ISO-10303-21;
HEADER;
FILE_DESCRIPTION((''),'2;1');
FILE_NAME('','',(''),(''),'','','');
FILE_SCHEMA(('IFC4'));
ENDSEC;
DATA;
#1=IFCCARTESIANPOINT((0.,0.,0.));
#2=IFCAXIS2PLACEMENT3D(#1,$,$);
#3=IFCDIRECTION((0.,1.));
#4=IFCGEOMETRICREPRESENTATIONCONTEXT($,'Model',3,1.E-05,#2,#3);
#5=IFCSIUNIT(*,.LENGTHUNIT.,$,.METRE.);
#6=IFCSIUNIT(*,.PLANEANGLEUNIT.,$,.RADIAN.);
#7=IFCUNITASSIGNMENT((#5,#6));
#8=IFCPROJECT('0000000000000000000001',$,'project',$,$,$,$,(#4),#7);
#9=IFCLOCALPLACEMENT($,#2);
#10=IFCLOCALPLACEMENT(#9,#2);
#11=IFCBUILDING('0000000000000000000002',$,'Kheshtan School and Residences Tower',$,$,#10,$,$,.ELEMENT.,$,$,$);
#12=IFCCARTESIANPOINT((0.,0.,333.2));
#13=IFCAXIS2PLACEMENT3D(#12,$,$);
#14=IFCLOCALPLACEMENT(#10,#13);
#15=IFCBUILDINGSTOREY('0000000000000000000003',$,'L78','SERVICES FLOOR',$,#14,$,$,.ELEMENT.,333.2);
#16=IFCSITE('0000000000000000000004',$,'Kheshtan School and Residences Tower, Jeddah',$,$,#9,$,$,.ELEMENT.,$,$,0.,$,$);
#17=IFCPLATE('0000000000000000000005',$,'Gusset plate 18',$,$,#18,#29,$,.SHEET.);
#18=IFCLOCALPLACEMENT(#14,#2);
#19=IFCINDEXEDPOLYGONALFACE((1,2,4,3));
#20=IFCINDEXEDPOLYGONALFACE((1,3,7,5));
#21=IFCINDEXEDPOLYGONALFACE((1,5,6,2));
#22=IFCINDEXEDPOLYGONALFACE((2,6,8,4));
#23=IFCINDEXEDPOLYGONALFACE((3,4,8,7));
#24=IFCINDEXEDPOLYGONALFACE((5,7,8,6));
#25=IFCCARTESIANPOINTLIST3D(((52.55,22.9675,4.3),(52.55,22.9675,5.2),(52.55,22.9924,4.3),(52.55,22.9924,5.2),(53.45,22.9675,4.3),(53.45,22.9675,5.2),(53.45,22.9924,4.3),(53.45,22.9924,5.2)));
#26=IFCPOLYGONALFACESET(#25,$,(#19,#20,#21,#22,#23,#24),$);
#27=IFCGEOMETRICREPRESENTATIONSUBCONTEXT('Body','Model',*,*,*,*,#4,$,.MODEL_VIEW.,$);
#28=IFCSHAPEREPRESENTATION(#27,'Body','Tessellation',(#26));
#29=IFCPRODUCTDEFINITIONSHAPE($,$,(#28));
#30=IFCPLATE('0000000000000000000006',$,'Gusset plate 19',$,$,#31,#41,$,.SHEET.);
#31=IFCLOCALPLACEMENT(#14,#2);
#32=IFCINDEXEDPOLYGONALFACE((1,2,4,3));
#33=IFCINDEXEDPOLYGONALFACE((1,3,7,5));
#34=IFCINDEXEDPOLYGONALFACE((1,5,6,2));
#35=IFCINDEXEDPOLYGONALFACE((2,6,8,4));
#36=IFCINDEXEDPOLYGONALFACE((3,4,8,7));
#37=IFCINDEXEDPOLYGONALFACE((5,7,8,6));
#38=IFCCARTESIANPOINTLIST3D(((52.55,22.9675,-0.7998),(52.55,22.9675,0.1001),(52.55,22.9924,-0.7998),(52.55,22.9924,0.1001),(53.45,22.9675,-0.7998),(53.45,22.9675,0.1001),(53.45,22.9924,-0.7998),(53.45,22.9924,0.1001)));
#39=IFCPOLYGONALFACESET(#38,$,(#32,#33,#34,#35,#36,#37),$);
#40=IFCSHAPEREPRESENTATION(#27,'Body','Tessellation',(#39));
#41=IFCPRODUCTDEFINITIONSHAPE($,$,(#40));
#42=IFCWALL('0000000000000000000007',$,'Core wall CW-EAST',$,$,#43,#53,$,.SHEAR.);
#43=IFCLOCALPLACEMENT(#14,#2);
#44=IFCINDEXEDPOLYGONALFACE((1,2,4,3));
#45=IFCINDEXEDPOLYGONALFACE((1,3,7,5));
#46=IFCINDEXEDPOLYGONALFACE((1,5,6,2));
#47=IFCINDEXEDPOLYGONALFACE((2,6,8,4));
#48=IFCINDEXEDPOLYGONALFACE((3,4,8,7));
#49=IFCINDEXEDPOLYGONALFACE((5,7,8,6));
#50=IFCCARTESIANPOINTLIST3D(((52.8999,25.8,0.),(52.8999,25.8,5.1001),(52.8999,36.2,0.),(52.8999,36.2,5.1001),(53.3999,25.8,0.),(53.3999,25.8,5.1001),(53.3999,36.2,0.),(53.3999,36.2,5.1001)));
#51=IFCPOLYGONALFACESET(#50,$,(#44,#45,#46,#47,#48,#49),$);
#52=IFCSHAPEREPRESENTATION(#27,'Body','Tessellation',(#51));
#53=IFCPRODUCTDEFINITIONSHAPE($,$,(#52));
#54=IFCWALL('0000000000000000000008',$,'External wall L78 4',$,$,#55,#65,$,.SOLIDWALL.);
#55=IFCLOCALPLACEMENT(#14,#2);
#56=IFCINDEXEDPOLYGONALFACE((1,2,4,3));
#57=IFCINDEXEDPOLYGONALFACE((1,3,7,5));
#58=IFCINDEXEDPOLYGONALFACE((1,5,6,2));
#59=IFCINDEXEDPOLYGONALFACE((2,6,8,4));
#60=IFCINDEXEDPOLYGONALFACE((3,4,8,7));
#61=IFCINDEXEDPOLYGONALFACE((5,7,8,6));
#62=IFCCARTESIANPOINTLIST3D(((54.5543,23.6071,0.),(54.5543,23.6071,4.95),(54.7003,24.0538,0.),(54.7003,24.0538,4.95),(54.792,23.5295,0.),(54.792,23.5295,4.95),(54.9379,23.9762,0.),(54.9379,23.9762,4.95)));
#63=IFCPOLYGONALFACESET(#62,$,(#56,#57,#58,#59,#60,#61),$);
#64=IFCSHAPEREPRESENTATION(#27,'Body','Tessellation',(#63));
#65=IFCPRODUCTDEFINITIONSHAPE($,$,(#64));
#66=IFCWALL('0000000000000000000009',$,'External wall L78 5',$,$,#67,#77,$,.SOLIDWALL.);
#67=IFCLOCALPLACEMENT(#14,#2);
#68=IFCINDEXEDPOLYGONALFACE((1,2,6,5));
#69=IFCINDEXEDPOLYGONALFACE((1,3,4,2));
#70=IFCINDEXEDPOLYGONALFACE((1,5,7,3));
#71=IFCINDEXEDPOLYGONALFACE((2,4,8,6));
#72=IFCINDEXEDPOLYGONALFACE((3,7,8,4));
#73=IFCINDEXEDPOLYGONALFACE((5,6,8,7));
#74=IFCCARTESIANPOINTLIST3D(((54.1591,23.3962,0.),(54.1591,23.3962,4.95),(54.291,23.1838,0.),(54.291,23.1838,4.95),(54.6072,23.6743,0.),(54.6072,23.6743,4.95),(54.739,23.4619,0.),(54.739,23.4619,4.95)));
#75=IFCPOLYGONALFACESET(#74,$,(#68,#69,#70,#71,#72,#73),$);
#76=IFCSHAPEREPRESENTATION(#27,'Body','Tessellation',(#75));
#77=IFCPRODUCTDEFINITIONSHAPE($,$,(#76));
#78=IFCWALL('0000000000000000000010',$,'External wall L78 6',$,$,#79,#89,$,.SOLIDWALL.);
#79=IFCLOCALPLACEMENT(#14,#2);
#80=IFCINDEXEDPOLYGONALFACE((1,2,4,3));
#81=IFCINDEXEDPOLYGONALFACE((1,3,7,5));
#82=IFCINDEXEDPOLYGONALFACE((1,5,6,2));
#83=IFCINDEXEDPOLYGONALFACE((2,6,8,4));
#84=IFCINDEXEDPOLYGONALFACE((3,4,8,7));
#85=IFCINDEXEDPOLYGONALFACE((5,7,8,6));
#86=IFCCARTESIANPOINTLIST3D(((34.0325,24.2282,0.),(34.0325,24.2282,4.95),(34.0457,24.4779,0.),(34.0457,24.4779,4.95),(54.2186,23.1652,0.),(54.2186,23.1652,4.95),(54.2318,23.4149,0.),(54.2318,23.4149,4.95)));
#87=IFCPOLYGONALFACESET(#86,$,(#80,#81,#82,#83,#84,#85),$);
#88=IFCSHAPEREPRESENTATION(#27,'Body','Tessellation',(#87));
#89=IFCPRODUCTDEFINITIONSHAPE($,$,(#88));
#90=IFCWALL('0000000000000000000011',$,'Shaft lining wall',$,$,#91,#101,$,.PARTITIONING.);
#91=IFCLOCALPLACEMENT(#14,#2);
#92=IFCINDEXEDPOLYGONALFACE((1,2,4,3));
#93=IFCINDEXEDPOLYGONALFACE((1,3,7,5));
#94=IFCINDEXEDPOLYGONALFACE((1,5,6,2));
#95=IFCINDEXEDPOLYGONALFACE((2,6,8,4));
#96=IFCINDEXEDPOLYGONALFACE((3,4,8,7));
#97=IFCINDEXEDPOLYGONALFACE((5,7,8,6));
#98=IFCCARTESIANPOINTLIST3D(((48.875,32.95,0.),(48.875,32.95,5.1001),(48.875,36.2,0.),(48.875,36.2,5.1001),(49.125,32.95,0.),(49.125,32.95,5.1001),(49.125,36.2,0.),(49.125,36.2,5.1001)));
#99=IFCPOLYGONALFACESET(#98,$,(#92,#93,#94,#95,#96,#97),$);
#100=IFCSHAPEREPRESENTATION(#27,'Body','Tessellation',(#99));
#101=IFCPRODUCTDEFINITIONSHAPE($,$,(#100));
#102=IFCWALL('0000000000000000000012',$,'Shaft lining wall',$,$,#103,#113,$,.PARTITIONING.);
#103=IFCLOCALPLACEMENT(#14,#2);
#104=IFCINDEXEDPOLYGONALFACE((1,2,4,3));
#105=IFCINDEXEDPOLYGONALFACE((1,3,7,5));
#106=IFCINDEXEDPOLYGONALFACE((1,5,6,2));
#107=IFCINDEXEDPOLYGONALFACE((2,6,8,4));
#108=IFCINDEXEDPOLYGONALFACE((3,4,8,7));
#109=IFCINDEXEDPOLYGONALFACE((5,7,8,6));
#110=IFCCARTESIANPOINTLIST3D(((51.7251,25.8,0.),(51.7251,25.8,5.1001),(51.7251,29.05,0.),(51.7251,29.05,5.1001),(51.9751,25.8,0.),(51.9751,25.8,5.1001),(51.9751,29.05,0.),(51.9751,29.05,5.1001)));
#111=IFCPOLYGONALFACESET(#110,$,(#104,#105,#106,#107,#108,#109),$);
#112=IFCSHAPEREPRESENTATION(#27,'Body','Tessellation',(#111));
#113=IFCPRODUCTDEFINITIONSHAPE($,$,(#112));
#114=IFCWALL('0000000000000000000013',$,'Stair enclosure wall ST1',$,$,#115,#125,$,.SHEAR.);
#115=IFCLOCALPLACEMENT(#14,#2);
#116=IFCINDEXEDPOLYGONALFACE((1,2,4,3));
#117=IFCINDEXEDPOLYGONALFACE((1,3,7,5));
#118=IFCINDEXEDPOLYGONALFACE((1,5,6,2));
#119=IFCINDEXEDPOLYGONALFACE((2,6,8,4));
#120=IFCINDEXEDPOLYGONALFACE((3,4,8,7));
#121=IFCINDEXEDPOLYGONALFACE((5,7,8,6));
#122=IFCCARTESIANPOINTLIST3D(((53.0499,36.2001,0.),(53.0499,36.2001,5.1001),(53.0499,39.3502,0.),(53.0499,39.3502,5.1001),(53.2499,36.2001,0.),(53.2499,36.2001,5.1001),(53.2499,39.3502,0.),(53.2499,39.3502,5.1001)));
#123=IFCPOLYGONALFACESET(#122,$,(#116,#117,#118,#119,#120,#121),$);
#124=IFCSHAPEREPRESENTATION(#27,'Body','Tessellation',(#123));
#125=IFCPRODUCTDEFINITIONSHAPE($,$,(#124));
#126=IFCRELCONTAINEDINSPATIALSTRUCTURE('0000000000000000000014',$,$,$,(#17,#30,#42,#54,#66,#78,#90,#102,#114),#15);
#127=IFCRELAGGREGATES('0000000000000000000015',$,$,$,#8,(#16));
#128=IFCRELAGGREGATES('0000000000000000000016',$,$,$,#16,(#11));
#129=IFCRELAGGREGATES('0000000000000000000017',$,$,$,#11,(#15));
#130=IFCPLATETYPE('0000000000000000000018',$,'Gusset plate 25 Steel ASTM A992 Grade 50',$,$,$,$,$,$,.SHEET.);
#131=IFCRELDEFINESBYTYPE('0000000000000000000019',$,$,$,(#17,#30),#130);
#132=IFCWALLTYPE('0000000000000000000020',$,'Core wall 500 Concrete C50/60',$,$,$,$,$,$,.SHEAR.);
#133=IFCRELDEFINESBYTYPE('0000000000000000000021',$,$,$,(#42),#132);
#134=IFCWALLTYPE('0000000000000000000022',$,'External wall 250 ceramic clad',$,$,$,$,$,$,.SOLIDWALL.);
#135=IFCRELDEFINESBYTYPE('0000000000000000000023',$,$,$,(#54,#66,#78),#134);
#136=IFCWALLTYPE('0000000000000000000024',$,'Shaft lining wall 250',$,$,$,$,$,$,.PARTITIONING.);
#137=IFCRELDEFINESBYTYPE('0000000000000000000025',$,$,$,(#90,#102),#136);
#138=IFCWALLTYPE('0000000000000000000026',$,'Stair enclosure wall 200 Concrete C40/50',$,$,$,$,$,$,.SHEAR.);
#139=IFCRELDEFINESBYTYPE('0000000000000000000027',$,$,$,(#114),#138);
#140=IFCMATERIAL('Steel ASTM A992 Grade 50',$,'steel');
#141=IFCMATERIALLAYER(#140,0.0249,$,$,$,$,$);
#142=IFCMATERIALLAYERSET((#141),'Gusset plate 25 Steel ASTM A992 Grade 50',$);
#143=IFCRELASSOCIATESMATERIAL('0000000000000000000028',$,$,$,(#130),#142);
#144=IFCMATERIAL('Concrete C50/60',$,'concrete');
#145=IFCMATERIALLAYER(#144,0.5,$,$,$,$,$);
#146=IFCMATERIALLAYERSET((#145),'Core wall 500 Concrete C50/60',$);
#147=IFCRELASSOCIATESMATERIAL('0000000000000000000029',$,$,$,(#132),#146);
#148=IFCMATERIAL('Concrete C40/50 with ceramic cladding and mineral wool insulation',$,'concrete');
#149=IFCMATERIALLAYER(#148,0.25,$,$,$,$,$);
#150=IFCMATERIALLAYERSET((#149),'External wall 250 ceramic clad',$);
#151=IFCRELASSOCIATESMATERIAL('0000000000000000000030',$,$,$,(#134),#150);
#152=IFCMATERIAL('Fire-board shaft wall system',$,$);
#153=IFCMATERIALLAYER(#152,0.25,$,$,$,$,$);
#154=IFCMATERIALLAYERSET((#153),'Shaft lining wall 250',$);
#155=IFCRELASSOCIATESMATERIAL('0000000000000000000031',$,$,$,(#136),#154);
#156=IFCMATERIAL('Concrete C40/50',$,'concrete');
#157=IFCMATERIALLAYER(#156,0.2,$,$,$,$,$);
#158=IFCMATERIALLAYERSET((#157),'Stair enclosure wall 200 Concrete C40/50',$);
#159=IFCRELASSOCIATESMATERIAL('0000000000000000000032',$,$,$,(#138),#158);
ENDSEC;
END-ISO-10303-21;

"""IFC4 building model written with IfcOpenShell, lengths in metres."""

from ifc_helpers import new_model, si_unit, direction, frame, frame_2d, origin, origin_2d, place, context, subcontext, project, spatial, rectangle, extrude, material, layer, layer_set, type_object, element, save


model = new_model("IFC4")

# Units and contexts
model_context = context("Model", 3, precision=1e-05, world=origin(), true_north=direction((0.0, 1.0)))
body_context = subcontext(model_context, "Body", "Model", "MODEL_VIEW")
ifc_project = project(units=[si_unit("LENGTHUNIT", "METRE"), si_unit("PLANEANGLEUNIT", "RADIAN")], contexts=[model_context])

# Site, building, storey
site_placement = place(None, origin())
site = spatial("IfcSite", under=ifc_project, at=site_placement, Name="Kheshtan School and Residences Tower, Jeddah", CompositionType="ELEMENT", RefElevation=0.0)
building_placement = place(site_placement, origin())
building = spatial("IfcBuilding", under=site, at=building_placement, Name="Kheshtan School and Residences Tower", CompositionType="ELEMENT")
storey_placement = place(building_placement, frame((0.0, 0.0, 333.2)))
storey = spatial("IfcBuildingStorey", under=building, at=storey_placement, Name="L78", Description="SERVICES FLOOR", CompositionType="ELEMENT", Elevation=333.2)

# Shared definitions
ifc_material_1 = material(Name="Steel ASTM A992 Grade 50", Category="steel")

# Plates
ifc_layer_1 = layer(ifc_material_1, 0.0249)
ifc_layer_set_1 = layer_set([ifc_layer_1], Name="Gusset plate 25 Steel ASTM A992 Grade 50")
plate_type_1 = type_object("IfcPlateType", Name="Gusset plate 25 Steel ASTM A992 Grade 50", PredefinedType="SHEET", material=ifc_layer_set_1)
for number, where, z_axis, x_axis, name in (
    (1, (53.0, 22.98, 4.3), (0.0, 0.0, 1.0), (1.0, 0.0, 0.0), "Gusset plate 18"),
    (2, (53.0, 22.98, -0.7998), (0.0, 0.0, 1.0), (1.0, 0.0, 0.0), "Gusset plate 19"),
):
    element("IfcPlate", number, at=place(storey_placement, frame(where, z_axis=z_axis, x_axis=x_axis)), inside=storey, type_object=plate_type_1, Name=name, PredefinedType="SHEET", context=body_context, shape_type="SweptSolid", body=[
        extrude(rectangle(XDim=0.8999, YDim=0.0249, at=origin_2d()), origin(), (0.0, 0.0, 1.0), 0.8999),
    ])

# Walls
ifc_material_2 = material(Name="Concrete C50/60", Category="concrete")
ifc_layer_2 = layer(ifc_material_2, 0.5)
ifc_layer_set_2 = layer_set([ifc_layer_2], Name="Core wall 500 Concrete C50/60")
wall_type_1 = type_object("IfcWallType", Name="Core wall 500 Concrete C50/60", PredefinedType="SHEAR", material=ifc_layer_set_2)
wall_1_placement = place(storey_placement, frame((53.1499, 25.8, 0.0), z_axis=(0.0, 0.0, 1.0), x_axis=(0.0, 1.0, 0.0)))
element("IfcWall", 3, at=wall_1_placement, inside=storey, type_object=wall_type_1, Name="Core wall CW-EAST", PredefinedType="SHEAR", context=body_context, shape_type="SweptSolid", body=[
    extrude(rectangle(XDim=10.3999, YDim=0.5, at=frame_2d((5.2, 0.0))), origin(), (0.0, 0.0, 1.0), 5.1001),
])
ifc_material_3 = material(Name="Concrete C40/50 with ceramic cladding and mineral wool insulation", Category="concrete")
ifc_layer_3 = layer(ifc_material_3, 0.25)
ifc_layer_set_3 = layer_set([ifc_layer_3], Name="External wall 250 ceramic clad")
wall_type_2 = type_object("IfcWallType", Name="External wall 250 ceramic clad", PredefinedType="SOLIDWALL", material=ifc_layer_set_3)
wall_2_placement = place(storey_placement, frame((54.8191, 24.0149, 0.0), z_axis=(0.0, 0.0, 1.0), x_axis=(-0.310613, -0.950537, 0.0)))
element("IfcWall", 4, at=wall_2_placement, inside=storey, type_object=wall_type_2, Name="External wall L78 4", PredefinedType="SOLIDWALL", context=body_context, shape_type="SweptSolid", body=[
    extrude(rectangle(XDim=0.47, YDim=0.25, at=frame_2d((0.2349, 0.0))), origin(), (0.0, 0.0, 1.0), 4.95),
])
wall_3_placement = place(storey_placement, frame((54.6731, 23.5681, 0.0), z_axis=(0.0, 0.0, 1.0), x_axis=(-0.849633, -0.527374, 0.0)))
element("IfcWall", 5, at=wall_3_placement, inside=storey, type_object=wall_type_2, Name="External wall L78 5", PredefinedType="SOLIDWALL", context=body_context, shape_type="SweptSolid", body=[
    extrude(rectangle(XDim=0.5273, YDim=0.25, at=frame_2d((0.2637, 0.0))), origin(), (0.0, 0.0, 1.0), 4.95),
])
wall_4_placement = place(storey_placement, frame((54.2251, 23.29, 0.0), z_axis=(0.0, 0.0, 1.0), x_axis=(-0.998616, 0.052587, 0.0)))
element("IfcWall", 6, at=wall_4_placement, inside=storey, type_object=wall_type_2, Name="External wall L78 6", PredefinedType="SOLIDWALL", context=body_context, shape_type="SweptSolid", body=[
    extrude(rectangle(XDim=20.2141, YDim=0.25, at=frame_2d((10.1069, 0.0))), origin(), (0.0, 0.0, 1.0), 4.95),
])

# Walls
ifc_material_4 = material(Name="Fire-board shaft wall system")
ifc_layer_4 = layer(ifc_material_4, 0.25)
ifc_layer_set_4 = layer_set([ifc_layer_4], Name="Shaft lining wall 250")
wall_type_3 = type_object("IfcWallType", Name="Shaft lining wall 250", PredefinedType="PARTITIONING", material=ifc_layer_set_4)
for number, where, z_axis, x_axis, name in (
    (7, (49.0, 32.95, 0.0), (0.0, 0.0, 1.0), (0.0, 1.0, 0.0), "Shaft lining wall"),
    (8, (51.8501, 25.8, 0.0), (0.0, 0.0, 1.0), (0.0, 1.0, 0.0), "Shaft lining wall"),
):
    element("IfcWall", number, at=place(storey_placement, frame(where, z_axis=z_axis, x_axis=x_axis)), inside=storey, type_object=wall_type_3, Name=name, PredefinedType="PARTITIONING", context=body_context, shape_type="SweptSolid", body=[
        extrude(rectangle(XDim=3.25, YDim=0.25, at=frame_2d((1.625, 0.0))), origin(), (0.0, 0.0, 1.0), 5.1001),
    ])
ifc_material_5 = material(Name="Concrete C40/50", Category="concrete")
ifc_layer_5 = layer(ifc_material_5, 0.2)
ifc_layer_set_5 = layer_set([ifc_layer_5], Name="Stair enclosure wall 200 Concrete C40/50")
wall_type_4 = type_object("IfcWallType", Name="Stair enclosure wall 200 Concrete C40/50", PredefinedType="SHEAR", material=ifc_layer_set_5)
wall_5_placement = place(storey_placement, frame((53.1499, 36.2, 0.0), z_axis=(0.0, 0.0, 1.0), x_axis=(0.0, 1.0, 0.0)))
element("IfcWall", 9, at=wall_5_placement, inside=storey, type_object=wall_type_4, Name="Stair enclosure wall ST1", PredefinedType="SHEAR", context=body_context, shape_type="SweptSolid", body=[
    extrude(rectangle(XDim=3.1501, YDim=0.2, at=frame_2d((1.5752, 0.0))), origin(), (0.0, 0.0, 1.0), 5.1001),
])

save(model, "model.ifc")
